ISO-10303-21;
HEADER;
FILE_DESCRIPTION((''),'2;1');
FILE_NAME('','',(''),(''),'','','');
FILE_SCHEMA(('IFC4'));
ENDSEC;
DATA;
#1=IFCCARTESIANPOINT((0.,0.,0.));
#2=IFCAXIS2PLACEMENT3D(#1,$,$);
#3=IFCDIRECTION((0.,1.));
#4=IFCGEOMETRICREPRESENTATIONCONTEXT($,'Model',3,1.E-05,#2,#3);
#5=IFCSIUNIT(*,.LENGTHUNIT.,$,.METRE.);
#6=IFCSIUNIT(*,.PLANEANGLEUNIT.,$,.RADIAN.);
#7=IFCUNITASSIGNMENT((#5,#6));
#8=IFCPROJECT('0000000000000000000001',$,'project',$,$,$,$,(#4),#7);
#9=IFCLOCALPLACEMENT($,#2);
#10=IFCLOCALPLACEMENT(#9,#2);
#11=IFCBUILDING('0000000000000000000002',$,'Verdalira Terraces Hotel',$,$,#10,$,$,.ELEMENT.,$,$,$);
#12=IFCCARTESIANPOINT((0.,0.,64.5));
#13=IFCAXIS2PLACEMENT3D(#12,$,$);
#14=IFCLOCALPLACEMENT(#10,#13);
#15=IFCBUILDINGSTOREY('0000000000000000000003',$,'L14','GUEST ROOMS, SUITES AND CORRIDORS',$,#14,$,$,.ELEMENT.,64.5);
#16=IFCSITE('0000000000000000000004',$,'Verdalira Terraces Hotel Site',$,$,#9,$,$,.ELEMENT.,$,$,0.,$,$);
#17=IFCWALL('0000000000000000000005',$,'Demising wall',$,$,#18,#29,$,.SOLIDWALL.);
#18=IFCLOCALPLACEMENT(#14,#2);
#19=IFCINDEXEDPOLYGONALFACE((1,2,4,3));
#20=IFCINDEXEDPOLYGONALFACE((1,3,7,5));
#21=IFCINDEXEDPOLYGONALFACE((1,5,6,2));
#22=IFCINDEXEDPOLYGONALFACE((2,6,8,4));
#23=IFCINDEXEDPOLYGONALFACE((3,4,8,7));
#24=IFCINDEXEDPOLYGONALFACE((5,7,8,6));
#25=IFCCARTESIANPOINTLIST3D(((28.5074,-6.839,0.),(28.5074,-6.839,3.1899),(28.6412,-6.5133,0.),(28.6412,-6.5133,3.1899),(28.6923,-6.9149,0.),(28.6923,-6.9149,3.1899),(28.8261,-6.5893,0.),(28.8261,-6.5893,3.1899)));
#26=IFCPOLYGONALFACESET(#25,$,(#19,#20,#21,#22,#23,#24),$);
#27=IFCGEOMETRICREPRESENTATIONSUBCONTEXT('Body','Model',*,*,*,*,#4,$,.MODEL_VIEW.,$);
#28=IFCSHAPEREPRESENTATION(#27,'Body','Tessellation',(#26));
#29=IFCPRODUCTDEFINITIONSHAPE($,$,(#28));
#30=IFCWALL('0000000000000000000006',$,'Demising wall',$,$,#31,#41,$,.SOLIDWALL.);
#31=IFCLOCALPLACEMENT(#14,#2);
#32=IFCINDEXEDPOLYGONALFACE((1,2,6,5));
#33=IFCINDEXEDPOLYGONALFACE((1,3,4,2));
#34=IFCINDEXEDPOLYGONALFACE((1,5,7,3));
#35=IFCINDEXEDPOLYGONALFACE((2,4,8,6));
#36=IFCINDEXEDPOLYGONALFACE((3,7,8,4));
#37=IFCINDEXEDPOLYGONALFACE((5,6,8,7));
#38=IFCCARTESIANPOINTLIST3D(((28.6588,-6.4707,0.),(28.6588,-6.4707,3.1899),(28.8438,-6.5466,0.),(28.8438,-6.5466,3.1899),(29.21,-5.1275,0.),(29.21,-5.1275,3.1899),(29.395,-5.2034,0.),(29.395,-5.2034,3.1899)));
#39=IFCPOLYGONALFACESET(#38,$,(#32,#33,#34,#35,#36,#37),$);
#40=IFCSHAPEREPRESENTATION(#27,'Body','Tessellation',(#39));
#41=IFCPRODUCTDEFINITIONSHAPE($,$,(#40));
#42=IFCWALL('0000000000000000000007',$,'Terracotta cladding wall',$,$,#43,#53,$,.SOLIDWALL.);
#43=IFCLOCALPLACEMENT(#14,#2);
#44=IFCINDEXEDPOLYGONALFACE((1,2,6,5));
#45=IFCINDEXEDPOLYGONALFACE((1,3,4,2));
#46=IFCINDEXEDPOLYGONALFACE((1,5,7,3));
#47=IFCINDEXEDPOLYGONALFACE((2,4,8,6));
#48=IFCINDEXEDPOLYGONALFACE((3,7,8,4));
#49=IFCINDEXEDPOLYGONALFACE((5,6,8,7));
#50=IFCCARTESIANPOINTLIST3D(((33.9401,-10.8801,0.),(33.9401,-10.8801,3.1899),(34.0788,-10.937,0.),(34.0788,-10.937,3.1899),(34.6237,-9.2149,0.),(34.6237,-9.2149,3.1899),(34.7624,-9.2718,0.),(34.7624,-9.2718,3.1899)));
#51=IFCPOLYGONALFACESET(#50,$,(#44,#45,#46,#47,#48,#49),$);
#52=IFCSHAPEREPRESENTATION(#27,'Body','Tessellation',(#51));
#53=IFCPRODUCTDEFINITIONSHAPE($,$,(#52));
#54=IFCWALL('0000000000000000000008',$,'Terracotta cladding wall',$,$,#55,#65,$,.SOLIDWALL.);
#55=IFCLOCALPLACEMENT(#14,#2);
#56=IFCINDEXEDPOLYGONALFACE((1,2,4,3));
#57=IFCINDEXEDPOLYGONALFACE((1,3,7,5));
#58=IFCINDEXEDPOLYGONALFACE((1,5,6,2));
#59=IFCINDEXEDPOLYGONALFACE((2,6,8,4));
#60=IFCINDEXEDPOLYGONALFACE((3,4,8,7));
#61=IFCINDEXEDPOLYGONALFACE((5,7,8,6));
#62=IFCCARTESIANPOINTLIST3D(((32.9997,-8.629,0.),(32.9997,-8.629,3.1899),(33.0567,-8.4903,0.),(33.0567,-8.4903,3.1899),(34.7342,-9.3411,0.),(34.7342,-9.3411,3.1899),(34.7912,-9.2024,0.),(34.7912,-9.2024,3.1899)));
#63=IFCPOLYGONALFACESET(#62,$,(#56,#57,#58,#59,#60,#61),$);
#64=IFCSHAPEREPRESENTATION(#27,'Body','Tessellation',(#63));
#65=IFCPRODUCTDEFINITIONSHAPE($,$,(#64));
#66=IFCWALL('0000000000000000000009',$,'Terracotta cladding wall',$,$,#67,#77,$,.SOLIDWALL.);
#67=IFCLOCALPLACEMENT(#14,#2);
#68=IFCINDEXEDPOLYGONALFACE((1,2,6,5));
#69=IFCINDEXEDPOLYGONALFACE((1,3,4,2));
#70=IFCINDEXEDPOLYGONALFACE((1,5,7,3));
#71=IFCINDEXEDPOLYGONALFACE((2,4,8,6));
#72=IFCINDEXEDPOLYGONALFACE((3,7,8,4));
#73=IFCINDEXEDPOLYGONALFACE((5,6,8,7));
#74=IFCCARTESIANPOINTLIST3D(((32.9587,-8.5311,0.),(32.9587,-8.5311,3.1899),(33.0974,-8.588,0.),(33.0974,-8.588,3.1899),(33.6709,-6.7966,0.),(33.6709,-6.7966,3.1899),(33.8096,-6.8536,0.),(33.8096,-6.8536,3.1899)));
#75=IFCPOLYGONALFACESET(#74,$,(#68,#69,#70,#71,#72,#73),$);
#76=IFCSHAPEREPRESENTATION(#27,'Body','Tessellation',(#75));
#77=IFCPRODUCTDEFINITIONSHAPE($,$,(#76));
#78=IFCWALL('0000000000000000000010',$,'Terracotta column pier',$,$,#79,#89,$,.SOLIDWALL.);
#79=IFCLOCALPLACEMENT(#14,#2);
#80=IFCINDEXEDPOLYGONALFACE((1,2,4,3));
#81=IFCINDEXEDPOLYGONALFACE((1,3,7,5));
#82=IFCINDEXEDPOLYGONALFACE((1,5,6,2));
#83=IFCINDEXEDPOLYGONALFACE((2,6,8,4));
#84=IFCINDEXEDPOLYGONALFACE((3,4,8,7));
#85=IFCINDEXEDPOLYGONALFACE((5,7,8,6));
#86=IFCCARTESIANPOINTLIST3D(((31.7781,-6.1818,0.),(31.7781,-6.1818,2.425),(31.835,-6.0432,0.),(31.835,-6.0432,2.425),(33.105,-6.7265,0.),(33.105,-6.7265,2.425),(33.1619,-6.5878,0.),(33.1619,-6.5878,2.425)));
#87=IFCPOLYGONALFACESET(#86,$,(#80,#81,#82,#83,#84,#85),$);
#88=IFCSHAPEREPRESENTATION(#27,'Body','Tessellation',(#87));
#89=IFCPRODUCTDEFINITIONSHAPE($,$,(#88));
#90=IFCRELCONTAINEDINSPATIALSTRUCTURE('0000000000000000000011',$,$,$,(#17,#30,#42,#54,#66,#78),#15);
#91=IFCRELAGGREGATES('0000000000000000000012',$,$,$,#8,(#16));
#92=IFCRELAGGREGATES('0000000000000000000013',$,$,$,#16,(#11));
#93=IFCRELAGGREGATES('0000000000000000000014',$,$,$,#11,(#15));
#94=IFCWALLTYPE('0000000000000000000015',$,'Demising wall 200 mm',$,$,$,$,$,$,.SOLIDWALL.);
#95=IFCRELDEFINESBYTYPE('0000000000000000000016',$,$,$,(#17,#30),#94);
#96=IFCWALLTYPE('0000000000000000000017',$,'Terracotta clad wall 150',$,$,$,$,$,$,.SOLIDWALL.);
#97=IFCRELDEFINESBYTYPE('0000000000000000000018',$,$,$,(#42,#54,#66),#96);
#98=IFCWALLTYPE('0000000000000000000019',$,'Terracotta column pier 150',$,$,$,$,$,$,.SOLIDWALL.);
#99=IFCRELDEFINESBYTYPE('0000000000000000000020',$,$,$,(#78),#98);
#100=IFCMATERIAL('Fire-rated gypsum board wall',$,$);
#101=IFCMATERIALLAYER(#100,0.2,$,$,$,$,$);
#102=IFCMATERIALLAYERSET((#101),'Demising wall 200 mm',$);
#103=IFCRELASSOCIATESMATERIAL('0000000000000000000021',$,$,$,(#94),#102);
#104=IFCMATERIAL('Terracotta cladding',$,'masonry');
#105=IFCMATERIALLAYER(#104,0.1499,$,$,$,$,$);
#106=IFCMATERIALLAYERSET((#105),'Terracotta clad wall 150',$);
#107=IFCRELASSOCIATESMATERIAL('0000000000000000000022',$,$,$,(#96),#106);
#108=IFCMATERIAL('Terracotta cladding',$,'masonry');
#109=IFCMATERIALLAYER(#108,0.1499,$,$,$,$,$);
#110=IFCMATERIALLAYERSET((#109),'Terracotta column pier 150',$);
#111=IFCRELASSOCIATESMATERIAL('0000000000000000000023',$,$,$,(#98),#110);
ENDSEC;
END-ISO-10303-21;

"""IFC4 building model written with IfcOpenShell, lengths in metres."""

from ifc_helpers import new_model, si_unit, direction, frame, frame_2d, origin, place, context, subcontext, project, spatial, rectangle, extrude, material, layer, layer_set, type_object, element, save


model = new_model("IFC4")

# Units and contexts
model_context = context("Model", 3, precision=1e-05, world=origin(), true_north=direction((0.0, 1.0)))
body_context = subcontext(model_context, "Body", "Model", "MODEL_VIEW")
ifc_project = project(units=[si_unit("LENGTHUNIT", "METRE"), si_unit("PLANEANGLEUNIT", "RADIAN")], contexts=[model_context])

# Site, building, storey
site_placement = place(None, origin())
site = spatial("IfcSite", under=ifc_project, at=site_placement, Name="Verdalira Terraces Hotel Site", CompositionType="ELEMENT", RefElevation=0.0)
building_placement = place(site_placement, origin())
building = spatial("IfcBuilding", under=site, at=building_placement, Name="Verdalira Terraces Hotel", CompositionType="ELEMENT")
storey_placement = place(building_placement, frame((0.0, 0.0, 64.5)))
storey = spatial("IfcBuildingStorey", under=building, at=storey_placement, Name="L14", Description="GUEST ROOMS, SUITES AND CORRIDORS", CompositionType="ELEMENT", Elevation=64.5)

# Walls
ifc_material_1 = material(Name="Fire-rated gypsum board wall")
ifc_layer_1 = layer(ifc_material_1, 0.2)
ifc_layer_set_1 = layer_set([ifc_layer_1], Name="Demising wall 200 mm")
wall_type_1 = type_object("IfcWallType", Name="Demising wall 200 mm", PredefinedType="SOLIDWALL", material=ifc_layer_set_1)
wall_1_placement = place(storey_placement, frame((28.5999, -6.877, 0.0), z_axis=(0.0, 0.0, 1.0), x_axis=(0.379982, 0.924994, 0.0)))
element("IfcWall", 1, at=wall_1_placement, inside=storey, type_object=wall_type_1, Name="Demising wall", PredefinedType="SOLIDWALL", context=body_context, shape_type="SweptSolid", body=[
    extrude(rectangle(XDim=0.3521, YDim=0.2, at=frame_2d((0.176, 0.0))), origin(), (0.0, 0.0, 1.0), 3.1899),
])
wall_2_placement = place(storey_placement, frame((28.7512, -6.5088, 0.0), z_axis=(0.0, 0.0, 1.0), x_axis=(0.379667, 0.925123, 0.0)))
element("IfcWall", 2, at=wall_2_placement, inside=storey, type_object=wall_type_1, Name="Demising wall", PredefinedType="SOLIDWALL", context=body_context, shape_type="SweptSolid", body=[
    extrude(rectangle(XDim=1.4519, YDim=0.2, at=frame_2d((0.7261, 0.0))), origin(), (0.0, 0.0, 1.0), 3.1899),
])
ifc_material_2 = material(Name="Terracotta cladding", Category="masonry")
ifc_layer_2 = layer(ifc_material_2, 0.1499)
ifc_layer_set_2 = layer_set([ifc_layer_2], Name="Terracotta clad wall 150")
wall_type_2 = type_object("IfcWallType", Name="Terracotta clad wall 150", PredefinedType="SOLIDWALL", material=ifc_layer_set_2)
wall_3_placement = place(storey_placement, frame((34.0095, -10.9084, 0.0), z_axis=(0.0, 0.0, 1.0), x_axis=(0.379747, 0.92509, 0.0)))
element("IfcWall", 3, at=wall_3_placement, inside=storey, type_object=wall_type_2, Name="Terracotta cladding wall", PredefinedType="SOLIDWALL", context=body_context, shape_type="SweptSolid", body=[
    extrude(rectangle(XDim=1.8, YDim=0.1499, at=frame_2d((0.8999, 0.0))), origin(), (0.0, 0.0, 1.0), 3.1899),
])
for number, where, z_axis, x_axis, name in (
    (4, (34.7627, -9.2717, 0.0), (0.0, 0.0, 1.0), (-0.925071, 0.379794, 0.0), "Terracotta cladding wall"),
    (5, (33.0281, -8.5596, 0.0), (0.0, 0.0, 1.0), (0.379839, 0.925053, 0.0), "Terracotta cladding wall"),
):
    element("IfcWall", number, at=place(storey_placement, frame(where, z_axis=z_axis, x_axis=x_axis)), inside=storey, type_object=wall_type_2, Name=name, PredefinedType="SOLIDWALL", context=body_context, shape_type="SweptSolid", body=[
        extrude(rectangle(XDim=1.875, YDim=0.1499, at=frame_2d((0.9375, 0.0))), origin(), (0.0, 0.0, 1.0), 3.1899),
    ])
ifc_material_3 = material(Name="Terracotta cladding", Category="masonry")
ifc_layer_3 = layer(ifc_material_3, 0.1499)
ifc_layer_set_3 = layer_set([ifc_layer_3], Name="Terracotta column pier 150")
wall_type_3 = type_object("IfcWallType", Name="Terracotta column pier 150", PredefinedType="SOLIDWALL", material=ifc_layer_set_3)
wall_4_placement = place(storey_placement, frame((33.1335, -6.6572, 0.0), z_axis=(0.0, 0.0, 1.0), x_axis=(-0.925094, 0.379739, 0.0)))
element("IfcWall", 6, at=wall_4_placement, inside=storey, type_object=wall_type_3, Name="Terracotta column pier", PredefinedType="SOLIDWALL", context=body_context, shape_type="SweptSolid", body=[
    extrude(rectangle(XDim=1.4343, YDim=0.1499, at=frame_2d((0.7173, 0.0))), origin(), (0.0, 0.0, 1.0), 2.425),
])

save(model, "model.ifc")
